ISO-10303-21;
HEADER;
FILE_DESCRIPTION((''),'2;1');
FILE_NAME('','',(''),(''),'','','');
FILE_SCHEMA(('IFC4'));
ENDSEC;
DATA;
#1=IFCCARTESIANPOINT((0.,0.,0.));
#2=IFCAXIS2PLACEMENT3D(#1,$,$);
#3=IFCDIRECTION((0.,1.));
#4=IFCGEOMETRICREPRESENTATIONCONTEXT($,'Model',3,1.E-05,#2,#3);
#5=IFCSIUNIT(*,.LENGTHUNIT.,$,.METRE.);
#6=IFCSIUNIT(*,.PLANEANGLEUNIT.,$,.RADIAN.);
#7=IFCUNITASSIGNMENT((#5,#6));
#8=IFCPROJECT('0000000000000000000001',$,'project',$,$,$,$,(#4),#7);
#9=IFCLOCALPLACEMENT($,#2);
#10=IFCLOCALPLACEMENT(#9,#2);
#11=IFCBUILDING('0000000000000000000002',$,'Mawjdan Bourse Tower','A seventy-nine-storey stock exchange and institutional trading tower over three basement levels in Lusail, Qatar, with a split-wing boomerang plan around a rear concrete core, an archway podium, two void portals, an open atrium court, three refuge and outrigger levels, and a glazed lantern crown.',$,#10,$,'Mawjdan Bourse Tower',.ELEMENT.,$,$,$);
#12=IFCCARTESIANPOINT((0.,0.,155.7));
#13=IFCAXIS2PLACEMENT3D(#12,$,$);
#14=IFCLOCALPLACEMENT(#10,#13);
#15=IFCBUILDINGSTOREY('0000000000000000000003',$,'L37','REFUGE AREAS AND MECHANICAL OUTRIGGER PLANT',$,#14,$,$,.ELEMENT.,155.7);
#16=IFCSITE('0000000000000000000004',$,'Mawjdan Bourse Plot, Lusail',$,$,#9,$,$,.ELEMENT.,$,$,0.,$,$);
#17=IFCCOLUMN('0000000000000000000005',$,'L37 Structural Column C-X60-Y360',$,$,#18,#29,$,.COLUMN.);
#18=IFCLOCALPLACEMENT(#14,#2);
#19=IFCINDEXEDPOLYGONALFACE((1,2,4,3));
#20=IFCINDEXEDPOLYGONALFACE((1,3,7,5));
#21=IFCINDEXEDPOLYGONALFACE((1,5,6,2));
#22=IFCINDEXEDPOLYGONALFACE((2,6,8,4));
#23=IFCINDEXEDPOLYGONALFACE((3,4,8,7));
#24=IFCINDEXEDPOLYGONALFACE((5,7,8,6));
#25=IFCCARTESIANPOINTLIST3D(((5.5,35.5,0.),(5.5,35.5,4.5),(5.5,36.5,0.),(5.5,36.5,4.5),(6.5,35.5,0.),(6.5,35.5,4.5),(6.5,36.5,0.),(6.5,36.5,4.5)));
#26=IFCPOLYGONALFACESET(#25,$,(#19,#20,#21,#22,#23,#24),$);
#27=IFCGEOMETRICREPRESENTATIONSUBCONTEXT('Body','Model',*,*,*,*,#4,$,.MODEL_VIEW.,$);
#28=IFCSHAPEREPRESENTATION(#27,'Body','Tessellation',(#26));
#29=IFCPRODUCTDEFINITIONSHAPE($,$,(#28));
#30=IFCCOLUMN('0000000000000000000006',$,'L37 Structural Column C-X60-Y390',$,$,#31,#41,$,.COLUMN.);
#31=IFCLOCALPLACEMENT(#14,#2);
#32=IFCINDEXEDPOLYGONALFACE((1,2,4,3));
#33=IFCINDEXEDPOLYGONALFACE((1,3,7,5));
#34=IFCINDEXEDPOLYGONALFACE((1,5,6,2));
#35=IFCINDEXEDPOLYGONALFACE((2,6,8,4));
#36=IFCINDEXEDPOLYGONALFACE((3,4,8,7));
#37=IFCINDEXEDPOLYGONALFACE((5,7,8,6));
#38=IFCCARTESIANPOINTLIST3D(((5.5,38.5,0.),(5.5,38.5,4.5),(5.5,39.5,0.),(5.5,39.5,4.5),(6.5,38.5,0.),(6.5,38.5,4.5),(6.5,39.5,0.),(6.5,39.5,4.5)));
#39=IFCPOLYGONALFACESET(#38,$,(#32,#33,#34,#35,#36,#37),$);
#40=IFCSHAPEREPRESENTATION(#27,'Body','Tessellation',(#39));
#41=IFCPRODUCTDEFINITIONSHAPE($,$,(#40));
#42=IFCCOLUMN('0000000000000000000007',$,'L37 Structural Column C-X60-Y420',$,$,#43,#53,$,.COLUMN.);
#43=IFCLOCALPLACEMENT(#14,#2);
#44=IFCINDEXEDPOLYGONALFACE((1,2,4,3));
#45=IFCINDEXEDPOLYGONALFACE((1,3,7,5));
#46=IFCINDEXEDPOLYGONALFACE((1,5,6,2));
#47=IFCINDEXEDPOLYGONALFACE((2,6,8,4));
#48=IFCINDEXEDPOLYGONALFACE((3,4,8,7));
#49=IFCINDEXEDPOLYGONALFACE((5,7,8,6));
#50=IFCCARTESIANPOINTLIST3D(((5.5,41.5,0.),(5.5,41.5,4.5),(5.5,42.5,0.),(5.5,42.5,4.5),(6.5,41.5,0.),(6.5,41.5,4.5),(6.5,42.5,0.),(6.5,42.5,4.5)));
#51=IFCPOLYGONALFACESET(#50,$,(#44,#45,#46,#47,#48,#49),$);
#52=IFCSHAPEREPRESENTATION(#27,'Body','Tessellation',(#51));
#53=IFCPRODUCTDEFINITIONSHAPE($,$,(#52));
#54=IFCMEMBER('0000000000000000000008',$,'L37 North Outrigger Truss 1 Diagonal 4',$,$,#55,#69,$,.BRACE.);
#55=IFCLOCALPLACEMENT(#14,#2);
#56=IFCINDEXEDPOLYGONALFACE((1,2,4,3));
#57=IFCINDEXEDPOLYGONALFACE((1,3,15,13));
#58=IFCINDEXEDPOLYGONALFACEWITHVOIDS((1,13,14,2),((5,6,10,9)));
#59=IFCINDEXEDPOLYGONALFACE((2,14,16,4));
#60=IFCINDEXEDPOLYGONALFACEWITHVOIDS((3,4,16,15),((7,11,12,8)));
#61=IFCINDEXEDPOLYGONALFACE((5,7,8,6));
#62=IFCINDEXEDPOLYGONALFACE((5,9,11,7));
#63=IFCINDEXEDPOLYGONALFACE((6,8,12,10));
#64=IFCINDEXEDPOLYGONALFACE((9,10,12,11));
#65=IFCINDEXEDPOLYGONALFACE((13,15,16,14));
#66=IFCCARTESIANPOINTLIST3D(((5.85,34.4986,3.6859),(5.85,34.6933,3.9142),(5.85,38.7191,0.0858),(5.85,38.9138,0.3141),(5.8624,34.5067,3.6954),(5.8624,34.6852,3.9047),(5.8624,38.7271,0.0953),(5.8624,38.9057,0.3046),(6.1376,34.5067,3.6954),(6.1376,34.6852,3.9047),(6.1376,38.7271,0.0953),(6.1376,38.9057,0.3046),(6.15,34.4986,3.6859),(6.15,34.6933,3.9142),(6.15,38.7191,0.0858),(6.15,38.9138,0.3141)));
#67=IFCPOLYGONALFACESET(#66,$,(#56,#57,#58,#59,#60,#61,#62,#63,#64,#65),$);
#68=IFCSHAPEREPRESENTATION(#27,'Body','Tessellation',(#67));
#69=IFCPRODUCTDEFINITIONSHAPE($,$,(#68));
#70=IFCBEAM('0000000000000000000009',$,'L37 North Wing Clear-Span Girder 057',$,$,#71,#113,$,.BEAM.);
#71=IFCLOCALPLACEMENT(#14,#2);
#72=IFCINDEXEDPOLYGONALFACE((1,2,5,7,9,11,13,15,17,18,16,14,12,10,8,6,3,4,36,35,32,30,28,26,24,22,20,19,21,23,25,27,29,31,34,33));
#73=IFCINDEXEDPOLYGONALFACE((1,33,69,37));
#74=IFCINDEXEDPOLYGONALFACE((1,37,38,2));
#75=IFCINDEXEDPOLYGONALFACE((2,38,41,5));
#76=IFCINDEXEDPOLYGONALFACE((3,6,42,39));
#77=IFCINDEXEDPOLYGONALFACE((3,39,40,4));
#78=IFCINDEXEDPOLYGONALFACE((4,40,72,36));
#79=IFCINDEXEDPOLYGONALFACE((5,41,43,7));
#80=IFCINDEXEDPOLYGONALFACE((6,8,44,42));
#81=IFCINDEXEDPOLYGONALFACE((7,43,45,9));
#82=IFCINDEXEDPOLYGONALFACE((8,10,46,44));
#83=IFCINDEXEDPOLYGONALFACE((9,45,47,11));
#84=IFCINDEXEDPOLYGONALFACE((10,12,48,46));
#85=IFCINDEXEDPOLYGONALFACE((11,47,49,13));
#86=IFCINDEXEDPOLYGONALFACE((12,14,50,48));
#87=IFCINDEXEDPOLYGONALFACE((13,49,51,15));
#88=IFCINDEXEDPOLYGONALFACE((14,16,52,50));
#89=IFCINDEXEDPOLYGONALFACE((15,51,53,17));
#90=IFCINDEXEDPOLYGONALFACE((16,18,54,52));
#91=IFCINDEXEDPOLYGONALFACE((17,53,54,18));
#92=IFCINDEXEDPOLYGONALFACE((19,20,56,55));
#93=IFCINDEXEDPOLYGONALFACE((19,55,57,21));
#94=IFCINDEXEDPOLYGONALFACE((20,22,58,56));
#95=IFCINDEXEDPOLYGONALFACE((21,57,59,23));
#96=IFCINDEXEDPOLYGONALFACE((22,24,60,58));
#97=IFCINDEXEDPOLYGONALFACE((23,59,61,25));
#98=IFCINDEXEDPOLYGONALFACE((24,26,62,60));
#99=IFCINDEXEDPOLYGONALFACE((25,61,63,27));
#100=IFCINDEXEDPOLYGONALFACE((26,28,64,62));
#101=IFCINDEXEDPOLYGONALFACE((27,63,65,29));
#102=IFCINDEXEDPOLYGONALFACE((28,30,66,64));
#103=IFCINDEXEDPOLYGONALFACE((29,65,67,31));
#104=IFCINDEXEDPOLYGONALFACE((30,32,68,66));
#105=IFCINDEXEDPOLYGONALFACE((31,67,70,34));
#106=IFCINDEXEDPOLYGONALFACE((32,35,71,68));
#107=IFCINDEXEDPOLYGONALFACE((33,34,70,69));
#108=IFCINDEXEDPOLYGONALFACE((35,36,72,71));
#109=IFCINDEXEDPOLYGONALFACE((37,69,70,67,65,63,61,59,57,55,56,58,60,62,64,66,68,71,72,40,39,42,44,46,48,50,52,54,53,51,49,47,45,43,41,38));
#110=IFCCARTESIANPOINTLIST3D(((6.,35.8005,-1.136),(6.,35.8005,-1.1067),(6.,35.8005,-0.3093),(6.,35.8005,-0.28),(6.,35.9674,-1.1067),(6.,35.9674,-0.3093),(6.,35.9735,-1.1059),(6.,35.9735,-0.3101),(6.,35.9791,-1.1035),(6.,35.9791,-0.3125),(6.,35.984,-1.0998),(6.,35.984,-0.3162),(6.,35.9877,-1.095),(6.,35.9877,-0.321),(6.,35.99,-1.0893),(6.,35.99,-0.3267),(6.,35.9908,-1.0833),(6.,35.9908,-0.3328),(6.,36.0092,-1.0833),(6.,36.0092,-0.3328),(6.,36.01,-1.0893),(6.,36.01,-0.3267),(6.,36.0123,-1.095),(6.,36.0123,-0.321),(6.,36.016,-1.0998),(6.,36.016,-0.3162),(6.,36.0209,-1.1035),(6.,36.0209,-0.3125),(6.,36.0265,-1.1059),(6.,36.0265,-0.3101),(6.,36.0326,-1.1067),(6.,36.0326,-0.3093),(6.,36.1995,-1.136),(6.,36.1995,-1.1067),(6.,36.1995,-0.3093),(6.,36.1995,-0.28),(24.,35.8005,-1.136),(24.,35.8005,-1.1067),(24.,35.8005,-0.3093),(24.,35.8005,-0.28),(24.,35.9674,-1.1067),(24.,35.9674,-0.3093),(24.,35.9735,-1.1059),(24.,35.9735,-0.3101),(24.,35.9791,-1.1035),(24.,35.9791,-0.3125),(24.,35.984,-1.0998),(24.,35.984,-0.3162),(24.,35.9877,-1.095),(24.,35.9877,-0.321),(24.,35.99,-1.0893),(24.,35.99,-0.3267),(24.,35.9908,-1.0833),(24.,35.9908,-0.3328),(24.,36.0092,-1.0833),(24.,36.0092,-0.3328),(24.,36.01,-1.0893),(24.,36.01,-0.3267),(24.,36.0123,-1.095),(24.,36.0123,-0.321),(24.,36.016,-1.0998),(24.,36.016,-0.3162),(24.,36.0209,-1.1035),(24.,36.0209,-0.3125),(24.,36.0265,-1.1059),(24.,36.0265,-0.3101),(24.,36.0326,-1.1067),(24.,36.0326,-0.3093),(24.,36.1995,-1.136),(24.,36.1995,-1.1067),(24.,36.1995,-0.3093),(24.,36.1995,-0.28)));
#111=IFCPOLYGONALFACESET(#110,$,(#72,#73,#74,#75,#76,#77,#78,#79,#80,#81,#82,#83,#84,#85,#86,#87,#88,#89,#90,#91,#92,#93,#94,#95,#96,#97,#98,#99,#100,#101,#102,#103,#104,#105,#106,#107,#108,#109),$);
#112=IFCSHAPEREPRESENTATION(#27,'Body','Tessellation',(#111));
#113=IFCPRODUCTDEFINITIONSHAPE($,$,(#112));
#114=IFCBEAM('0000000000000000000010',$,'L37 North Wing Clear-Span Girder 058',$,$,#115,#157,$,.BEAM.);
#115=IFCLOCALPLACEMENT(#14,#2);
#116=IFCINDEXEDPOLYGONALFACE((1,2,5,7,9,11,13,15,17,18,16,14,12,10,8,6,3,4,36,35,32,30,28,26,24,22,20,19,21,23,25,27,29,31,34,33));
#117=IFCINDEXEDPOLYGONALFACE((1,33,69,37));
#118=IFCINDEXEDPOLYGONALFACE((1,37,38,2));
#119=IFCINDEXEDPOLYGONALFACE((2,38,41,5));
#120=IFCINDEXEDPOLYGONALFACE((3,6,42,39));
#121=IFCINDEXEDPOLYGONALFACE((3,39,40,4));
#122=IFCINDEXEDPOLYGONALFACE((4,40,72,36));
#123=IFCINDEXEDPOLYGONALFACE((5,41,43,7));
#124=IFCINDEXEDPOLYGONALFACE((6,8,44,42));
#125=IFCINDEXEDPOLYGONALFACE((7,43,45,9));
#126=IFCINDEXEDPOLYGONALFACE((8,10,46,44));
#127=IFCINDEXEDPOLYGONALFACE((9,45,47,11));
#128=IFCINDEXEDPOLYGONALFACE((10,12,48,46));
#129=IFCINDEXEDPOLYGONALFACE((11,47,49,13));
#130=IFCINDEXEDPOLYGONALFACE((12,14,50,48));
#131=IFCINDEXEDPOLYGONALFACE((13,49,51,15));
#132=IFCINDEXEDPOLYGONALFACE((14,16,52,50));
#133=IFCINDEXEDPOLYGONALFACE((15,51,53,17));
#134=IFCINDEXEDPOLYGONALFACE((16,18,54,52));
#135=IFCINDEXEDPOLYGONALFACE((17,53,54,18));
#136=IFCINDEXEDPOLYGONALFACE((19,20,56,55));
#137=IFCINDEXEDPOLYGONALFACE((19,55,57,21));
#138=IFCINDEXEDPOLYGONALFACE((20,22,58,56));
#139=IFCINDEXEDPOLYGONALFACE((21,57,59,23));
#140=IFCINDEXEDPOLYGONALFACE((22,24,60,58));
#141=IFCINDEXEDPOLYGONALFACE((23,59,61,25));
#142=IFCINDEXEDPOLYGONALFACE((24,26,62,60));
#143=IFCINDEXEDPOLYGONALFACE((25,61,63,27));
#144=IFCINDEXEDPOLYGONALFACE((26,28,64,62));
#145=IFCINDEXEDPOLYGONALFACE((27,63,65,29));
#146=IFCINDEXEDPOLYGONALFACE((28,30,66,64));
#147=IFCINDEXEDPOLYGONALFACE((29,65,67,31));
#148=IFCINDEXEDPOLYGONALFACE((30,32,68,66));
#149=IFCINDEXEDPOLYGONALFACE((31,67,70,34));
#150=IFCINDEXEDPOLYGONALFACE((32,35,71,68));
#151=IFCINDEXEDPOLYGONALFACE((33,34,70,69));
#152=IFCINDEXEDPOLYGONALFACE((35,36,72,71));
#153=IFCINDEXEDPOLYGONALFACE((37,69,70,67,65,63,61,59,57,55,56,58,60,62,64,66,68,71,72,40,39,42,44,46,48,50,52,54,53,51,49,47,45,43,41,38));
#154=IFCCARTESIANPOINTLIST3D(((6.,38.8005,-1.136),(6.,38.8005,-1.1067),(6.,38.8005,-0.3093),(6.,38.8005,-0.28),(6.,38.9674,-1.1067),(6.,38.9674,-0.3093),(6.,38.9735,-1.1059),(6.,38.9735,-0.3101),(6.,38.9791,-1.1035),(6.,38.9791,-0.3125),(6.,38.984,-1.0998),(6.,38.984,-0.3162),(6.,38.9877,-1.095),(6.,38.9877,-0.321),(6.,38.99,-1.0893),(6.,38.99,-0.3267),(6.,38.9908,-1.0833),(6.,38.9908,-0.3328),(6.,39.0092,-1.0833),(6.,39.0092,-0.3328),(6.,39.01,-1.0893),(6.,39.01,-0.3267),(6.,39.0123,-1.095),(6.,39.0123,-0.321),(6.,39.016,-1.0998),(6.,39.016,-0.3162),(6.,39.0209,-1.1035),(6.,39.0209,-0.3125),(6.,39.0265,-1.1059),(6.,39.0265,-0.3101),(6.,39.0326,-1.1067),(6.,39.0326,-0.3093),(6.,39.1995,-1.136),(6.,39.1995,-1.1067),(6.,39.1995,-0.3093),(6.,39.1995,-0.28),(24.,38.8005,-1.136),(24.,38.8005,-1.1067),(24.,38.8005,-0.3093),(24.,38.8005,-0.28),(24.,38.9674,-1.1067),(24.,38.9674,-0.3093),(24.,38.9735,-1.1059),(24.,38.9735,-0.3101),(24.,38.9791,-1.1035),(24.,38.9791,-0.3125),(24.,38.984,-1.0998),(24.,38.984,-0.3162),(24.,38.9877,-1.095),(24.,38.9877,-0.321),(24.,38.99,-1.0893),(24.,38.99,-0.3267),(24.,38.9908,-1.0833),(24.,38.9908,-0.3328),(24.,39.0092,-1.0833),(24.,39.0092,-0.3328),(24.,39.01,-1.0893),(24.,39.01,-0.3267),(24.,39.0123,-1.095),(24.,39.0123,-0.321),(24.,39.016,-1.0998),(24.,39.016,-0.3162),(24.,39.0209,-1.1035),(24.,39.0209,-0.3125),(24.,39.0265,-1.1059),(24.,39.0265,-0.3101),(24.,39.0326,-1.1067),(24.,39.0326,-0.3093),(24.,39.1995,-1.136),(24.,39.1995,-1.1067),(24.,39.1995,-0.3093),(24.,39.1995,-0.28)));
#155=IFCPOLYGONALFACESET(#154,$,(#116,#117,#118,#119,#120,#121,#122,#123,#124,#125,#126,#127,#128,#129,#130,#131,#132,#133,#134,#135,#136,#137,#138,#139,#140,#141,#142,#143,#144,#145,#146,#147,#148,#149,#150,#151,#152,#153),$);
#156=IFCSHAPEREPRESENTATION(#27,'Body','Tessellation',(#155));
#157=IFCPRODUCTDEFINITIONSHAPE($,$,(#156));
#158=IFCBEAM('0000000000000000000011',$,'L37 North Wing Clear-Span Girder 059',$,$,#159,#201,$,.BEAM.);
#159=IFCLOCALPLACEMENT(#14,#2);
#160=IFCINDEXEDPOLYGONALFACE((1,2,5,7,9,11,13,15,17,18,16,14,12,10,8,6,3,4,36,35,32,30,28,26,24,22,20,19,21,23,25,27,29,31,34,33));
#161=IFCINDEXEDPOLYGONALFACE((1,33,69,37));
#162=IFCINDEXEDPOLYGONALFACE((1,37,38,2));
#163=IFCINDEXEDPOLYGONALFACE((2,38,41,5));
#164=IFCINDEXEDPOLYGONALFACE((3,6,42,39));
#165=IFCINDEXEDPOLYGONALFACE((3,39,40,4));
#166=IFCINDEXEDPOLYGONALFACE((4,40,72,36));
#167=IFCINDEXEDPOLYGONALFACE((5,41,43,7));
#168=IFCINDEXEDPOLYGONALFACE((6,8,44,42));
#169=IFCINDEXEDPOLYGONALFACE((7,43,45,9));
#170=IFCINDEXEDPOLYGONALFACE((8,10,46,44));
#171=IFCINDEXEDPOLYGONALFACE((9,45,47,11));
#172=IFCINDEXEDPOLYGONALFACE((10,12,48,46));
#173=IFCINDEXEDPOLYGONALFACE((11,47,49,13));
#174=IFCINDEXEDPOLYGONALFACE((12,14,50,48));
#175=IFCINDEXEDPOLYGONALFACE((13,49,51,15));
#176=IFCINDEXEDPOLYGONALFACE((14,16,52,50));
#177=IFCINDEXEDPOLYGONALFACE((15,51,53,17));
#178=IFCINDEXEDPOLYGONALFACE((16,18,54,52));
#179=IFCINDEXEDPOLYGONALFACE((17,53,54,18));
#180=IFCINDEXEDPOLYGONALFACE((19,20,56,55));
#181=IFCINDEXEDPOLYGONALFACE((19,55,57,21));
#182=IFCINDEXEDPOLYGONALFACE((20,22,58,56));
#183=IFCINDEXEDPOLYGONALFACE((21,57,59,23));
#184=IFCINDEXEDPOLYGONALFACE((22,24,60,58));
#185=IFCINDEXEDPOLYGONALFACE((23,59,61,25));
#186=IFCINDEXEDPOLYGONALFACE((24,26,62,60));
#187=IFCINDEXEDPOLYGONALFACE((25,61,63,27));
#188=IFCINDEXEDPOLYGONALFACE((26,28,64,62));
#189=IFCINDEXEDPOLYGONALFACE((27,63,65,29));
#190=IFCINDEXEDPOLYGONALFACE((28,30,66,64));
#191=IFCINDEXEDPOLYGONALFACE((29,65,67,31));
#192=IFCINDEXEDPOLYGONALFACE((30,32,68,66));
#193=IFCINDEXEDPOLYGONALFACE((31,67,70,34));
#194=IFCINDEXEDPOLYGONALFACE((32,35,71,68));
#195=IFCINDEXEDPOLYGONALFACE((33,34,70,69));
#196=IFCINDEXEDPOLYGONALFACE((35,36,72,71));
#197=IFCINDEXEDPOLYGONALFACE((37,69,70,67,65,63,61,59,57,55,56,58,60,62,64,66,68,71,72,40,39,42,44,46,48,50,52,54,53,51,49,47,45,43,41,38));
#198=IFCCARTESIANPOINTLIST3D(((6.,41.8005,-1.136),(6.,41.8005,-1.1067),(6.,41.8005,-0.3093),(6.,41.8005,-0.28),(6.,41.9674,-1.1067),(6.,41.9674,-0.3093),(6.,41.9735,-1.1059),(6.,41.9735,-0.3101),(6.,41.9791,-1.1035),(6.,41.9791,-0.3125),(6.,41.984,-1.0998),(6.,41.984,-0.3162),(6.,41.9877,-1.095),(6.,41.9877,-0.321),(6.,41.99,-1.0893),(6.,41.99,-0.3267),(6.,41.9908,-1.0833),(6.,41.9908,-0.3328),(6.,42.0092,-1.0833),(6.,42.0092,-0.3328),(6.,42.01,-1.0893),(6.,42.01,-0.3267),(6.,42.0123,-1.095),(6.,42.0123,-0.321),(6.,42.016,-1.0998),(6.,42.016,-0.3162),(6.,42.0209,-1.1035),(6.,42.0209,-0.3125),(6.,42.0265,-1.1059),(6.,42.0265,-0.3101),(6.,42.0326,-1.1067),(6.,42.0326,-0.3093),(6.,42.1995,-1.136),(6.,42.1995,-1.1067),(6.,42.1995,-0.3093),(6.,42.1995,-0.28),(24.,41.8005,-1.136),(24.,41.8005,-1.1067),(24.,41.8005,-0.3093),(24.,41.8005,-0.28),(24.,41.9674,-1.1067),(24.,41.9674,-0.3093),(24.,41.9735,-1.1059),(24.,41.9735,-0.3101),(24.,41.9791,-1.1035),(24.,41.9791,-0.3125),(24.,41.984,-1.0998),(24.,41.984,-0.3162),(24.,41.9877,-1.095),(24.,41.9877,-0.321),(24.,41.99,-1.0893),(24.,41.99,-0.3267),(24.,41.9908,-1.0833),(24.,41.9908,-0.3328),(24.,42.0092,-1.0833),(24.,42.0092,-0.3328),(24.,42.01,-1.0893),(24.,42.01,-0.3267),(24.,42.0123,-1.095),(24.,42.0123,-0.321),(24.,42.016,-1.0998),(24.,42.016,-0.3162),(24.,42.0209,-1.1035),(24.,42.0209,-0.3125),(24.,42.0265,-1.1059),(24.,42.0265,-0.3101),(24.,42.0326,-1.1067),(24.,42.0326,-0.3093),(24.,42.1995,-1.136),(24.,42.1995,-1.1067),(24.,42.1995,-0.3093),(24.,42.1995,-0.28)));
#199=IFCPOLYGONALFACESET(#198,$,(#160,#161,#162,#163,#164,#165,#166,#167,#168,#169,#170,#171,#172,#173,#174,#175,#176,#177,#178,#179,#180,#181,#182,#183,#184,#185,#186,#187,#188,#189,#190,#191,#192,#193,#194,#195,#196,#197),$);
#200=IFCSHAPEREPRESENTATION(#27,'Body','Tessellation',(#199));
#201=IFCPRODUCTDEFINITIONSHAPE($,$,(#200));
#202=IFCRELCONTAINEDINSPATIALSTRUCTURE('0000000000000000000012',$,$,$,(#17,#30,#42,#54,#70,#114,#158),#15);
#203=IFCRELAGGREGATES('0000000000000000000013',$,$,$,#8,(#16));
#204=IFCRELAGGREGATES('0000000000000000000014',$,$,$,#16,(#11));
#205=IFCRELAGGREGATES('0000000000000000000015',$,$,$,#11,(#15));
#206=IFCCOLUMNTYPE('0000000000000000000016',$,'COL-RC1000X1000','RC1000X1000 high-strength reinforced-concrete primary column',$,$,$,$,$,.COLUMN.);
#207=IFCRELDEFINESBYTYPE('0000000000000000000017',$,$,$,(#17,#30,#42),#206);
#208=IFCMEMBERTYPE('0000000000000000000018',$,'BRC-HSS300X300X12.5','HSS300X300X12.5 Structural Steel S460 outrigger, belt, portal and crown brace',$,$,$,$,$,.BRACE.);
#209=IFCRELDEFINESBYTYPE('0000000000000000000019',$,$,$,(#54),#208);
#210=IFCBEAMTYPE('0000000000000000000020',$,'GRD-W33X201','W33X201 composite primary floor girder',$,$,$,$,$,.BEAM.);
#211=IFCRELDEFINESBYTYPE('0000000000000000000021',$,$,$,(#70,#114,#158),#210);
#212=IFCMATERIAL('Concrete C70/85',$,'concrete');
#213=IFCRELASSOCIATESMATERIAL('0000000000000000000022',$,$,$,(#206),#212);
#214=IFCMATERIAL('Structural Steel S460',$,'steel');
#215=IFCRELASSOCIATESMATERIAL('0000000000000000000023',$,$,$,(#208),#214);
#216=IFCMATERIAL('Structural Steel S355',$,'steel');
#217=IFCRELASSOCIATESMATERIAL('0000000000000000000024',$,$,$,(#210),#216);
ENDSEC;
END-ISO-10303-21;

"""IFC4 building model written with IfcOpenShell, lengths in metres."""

from ifc_helpers import new_model, si_unit, direction, frame, origin, origin_2d, place, context, subcontext, project, spatial, rectangle, hollow_rectangle, i_section, extrude, material, material_profile, profile_set, type_object, element, save


model = new_model("IFC4")

# Units and contexts
model_context = context("Model", 3, precision=1e-05, world=origin(), true_north=direction((0.0, 1.0)))
body_context = subcontext(model_context, "Body", "Model", "MODEL_VIEW")
ifc_project = project(units=[si_unit("LENGTHUNIT", "METRE"), si_unit("PLANEANGLEUNIT", "RADIAN")], contexts=[model_context])

# Site, building, storey
site_placement = place(None, origin())
site = spatial("IfcSite", under=ifc_project, at=site_placement, Name="Mawjdan Bourse Plot, Lusail", CompositionType="ELEMENT", RefElevation=0.0)
building_placement = place(site_placement, origin())
building = spatial("IfcBuilding", under=site, at=building_placement, Name="Mawjdan Bourse Tower", Description="A seventy-nine-storey stock exchange and institutional trading tower over three basement levels in Lusail, Qatar, with a split-wing boomerang plan around a rear concrete core, an archway podium, two void portals, an open atrium court, three refuge and outrigger levels, and a glazed lantern crown.", LongName="Mawjdan Bourse Tower", CompositionType="ELEMENT")
storey_placement = place(building_placement, frame((0.0, 0.0, 155.7)))
storey = spatial("IfcBuildingStorey", under=building, at=storey_placement, Name="L37", Description="REFUGE AREAS AND MECHANICAL OUTRIGGER PLANT", CompositionType="ELEMENT", Elevation=155.7)

# Columns
ifc_material_1 = material(Name="Concrete C70/85", Category="concrete")
ifc_material_profile_1 = material_profile(ifc_material_1, rectangle(XDim=1.0, YDim=1.0, at=origin_2d()), Name="RC1000X1000")
ifc_profile_set_1 = profile_set([ifc_material_profile_1], Name="Concrete C70/85")
column_type = type_object("IfcColumnType", Name="COL-RC1000X1000", Description="RC1000X1000 high-strength reinforced-concrete primary column", PredefinedType="COLUMN", material=ifc_profile_set_1)
for number, where, z_axis, x_axis, name in (
    (1, (6.0, 36.0, 0.0), (0.0, 0.0, 1.0), (1.0, 0.0, 0.0), "L37 Structural Column C-X60-Y360"),
    (2, (6.0, 39.0, 0.0), (0.0, 0.0, 1.0), (1.0, 0.0, 0.0), "L37 Structural Column C-X60-Y390"),
    (3, (6.0, 42.0, 0.0), (0.0, 0.0, 1.0), (1.0, 0.0, 0.0), "L37 Structural Column C-X60-Y420"),
):
    element("IfcColumn", number, at=place(storey_placement, frame(where, z_axis=z_axis, x_axis=x_axis)), inside=storey, type_object=column_type, Name=name, PredefinedType="COLUMN", context=body_context, shape_type="SweptSolid", body=[
        extrude(rectangle(XDim=1.0, YDim=1.0, at=origin_2d()), origin(), (0.0, 0.0, 1.0), 4.5),
    ])

# Member
ifc_material_2 = material(Name="Structural Steel S460", Category="steel")
ifc_material_profile_2 = material_profile(ifc_material_2, hollow_rectangle(XDim=0.3, YDim=0.3, WallThickness=0.0125, at=origin_2d()), Name="HSS300X300X12.5")
ifc_profile_set_2 = profile_set([ifc_material_profile_2], Name="Structural Steel S460")
member_type_1 = type_object("IfcMemberType", Name="BRC-HSS300X300X12.5", Description="HSS300X300X12.5 Structural Steel S460 outrigger, belt, portal and crown brace", PredefinedType="BRACE", material=ifc_profile_set_2)
member_1_placement = place(storey_placement, frame((6.0, 34.5959, 3.8), z_axis=(0.0, 0.760808, -0.648977), x_axis=(-1.0, 0.0, 0.0)))
element("IfcMember", 4, at=member_1_placement, inside=storey, type_object=member_type_1, Name="L37 North Outrigger Truss 1 Diagonal 4", PredefinedType="BRACE", context=body_context, shape_type="SweptSolid", body=[
    extrude(hollow_rectangle(XDim=0.3, YDim=0.3, WallThickness=0.0125, at=origin_2d()), origin(), (0.0, 0.0, 1.0), 5.5474),
])

# Beams
ifc_material_3 = material(Name="Structural Steel S355", Category="steel")
ifc_material_profile_3 = material_profile(ifc_material_3, i_section(OverallWidth=0.3989, OverallDepth=0.856, WebThickness=0.0183, FlangeThickness=0.0293, FilletRadius=0.0234, at=origin_2d()), Name="W33X201")
ifc_profile_set_3 = profile_set([ifc_material_profile_3], Name="Structural Steel S355")
beam_type_1 = type_object("IfcBeamType", Name="GRD-W33X201", Description="W33X201 composite primary floor girder", PredefinedType="BEAM", material=ifc_profile_set_3)
for number, where, z_axis, x_axis, name in (
    (5, (6.0, 36.0, -0.708), (1.0, 0.0, 0.0), (0.0, 1.0, 0.0), "L37 North Wing Clear-Span Girder 057"),
    (6, (6.0, 39.0, -0.708), (1.0, 0.0, 0.0), (0.0, 1.0, 0.0), "L37 North Wing Clear-Span Girder 058"),
    (7, (6.0, 42.0, -0.708), (1.0, 0.0, 0.0), (0.0, 1.0, 0.0), "L37 North Wing Clear-Span Girder 059"),
):
    element("IfcBeam", number, at=place(storey_placement, frame(where, z_axis=z_axis, x_axis=x_axis)), inside=storey, type_object=beam_type_1, Name=name, PredefinedType="BEAM", context=body_context, shape_type="SweptSolid", body=[
        extrude(i_section(OverallWidth=0.3989, OverallDepth=0.856, WebThickness=0.0183, FlangeThickness=0.0293, FilletRadius=0.0234, at=origin_2d()), origin(), (0.0, 0.0, 1.0), 18.0),
    ])

save(model, "model.ifc")
